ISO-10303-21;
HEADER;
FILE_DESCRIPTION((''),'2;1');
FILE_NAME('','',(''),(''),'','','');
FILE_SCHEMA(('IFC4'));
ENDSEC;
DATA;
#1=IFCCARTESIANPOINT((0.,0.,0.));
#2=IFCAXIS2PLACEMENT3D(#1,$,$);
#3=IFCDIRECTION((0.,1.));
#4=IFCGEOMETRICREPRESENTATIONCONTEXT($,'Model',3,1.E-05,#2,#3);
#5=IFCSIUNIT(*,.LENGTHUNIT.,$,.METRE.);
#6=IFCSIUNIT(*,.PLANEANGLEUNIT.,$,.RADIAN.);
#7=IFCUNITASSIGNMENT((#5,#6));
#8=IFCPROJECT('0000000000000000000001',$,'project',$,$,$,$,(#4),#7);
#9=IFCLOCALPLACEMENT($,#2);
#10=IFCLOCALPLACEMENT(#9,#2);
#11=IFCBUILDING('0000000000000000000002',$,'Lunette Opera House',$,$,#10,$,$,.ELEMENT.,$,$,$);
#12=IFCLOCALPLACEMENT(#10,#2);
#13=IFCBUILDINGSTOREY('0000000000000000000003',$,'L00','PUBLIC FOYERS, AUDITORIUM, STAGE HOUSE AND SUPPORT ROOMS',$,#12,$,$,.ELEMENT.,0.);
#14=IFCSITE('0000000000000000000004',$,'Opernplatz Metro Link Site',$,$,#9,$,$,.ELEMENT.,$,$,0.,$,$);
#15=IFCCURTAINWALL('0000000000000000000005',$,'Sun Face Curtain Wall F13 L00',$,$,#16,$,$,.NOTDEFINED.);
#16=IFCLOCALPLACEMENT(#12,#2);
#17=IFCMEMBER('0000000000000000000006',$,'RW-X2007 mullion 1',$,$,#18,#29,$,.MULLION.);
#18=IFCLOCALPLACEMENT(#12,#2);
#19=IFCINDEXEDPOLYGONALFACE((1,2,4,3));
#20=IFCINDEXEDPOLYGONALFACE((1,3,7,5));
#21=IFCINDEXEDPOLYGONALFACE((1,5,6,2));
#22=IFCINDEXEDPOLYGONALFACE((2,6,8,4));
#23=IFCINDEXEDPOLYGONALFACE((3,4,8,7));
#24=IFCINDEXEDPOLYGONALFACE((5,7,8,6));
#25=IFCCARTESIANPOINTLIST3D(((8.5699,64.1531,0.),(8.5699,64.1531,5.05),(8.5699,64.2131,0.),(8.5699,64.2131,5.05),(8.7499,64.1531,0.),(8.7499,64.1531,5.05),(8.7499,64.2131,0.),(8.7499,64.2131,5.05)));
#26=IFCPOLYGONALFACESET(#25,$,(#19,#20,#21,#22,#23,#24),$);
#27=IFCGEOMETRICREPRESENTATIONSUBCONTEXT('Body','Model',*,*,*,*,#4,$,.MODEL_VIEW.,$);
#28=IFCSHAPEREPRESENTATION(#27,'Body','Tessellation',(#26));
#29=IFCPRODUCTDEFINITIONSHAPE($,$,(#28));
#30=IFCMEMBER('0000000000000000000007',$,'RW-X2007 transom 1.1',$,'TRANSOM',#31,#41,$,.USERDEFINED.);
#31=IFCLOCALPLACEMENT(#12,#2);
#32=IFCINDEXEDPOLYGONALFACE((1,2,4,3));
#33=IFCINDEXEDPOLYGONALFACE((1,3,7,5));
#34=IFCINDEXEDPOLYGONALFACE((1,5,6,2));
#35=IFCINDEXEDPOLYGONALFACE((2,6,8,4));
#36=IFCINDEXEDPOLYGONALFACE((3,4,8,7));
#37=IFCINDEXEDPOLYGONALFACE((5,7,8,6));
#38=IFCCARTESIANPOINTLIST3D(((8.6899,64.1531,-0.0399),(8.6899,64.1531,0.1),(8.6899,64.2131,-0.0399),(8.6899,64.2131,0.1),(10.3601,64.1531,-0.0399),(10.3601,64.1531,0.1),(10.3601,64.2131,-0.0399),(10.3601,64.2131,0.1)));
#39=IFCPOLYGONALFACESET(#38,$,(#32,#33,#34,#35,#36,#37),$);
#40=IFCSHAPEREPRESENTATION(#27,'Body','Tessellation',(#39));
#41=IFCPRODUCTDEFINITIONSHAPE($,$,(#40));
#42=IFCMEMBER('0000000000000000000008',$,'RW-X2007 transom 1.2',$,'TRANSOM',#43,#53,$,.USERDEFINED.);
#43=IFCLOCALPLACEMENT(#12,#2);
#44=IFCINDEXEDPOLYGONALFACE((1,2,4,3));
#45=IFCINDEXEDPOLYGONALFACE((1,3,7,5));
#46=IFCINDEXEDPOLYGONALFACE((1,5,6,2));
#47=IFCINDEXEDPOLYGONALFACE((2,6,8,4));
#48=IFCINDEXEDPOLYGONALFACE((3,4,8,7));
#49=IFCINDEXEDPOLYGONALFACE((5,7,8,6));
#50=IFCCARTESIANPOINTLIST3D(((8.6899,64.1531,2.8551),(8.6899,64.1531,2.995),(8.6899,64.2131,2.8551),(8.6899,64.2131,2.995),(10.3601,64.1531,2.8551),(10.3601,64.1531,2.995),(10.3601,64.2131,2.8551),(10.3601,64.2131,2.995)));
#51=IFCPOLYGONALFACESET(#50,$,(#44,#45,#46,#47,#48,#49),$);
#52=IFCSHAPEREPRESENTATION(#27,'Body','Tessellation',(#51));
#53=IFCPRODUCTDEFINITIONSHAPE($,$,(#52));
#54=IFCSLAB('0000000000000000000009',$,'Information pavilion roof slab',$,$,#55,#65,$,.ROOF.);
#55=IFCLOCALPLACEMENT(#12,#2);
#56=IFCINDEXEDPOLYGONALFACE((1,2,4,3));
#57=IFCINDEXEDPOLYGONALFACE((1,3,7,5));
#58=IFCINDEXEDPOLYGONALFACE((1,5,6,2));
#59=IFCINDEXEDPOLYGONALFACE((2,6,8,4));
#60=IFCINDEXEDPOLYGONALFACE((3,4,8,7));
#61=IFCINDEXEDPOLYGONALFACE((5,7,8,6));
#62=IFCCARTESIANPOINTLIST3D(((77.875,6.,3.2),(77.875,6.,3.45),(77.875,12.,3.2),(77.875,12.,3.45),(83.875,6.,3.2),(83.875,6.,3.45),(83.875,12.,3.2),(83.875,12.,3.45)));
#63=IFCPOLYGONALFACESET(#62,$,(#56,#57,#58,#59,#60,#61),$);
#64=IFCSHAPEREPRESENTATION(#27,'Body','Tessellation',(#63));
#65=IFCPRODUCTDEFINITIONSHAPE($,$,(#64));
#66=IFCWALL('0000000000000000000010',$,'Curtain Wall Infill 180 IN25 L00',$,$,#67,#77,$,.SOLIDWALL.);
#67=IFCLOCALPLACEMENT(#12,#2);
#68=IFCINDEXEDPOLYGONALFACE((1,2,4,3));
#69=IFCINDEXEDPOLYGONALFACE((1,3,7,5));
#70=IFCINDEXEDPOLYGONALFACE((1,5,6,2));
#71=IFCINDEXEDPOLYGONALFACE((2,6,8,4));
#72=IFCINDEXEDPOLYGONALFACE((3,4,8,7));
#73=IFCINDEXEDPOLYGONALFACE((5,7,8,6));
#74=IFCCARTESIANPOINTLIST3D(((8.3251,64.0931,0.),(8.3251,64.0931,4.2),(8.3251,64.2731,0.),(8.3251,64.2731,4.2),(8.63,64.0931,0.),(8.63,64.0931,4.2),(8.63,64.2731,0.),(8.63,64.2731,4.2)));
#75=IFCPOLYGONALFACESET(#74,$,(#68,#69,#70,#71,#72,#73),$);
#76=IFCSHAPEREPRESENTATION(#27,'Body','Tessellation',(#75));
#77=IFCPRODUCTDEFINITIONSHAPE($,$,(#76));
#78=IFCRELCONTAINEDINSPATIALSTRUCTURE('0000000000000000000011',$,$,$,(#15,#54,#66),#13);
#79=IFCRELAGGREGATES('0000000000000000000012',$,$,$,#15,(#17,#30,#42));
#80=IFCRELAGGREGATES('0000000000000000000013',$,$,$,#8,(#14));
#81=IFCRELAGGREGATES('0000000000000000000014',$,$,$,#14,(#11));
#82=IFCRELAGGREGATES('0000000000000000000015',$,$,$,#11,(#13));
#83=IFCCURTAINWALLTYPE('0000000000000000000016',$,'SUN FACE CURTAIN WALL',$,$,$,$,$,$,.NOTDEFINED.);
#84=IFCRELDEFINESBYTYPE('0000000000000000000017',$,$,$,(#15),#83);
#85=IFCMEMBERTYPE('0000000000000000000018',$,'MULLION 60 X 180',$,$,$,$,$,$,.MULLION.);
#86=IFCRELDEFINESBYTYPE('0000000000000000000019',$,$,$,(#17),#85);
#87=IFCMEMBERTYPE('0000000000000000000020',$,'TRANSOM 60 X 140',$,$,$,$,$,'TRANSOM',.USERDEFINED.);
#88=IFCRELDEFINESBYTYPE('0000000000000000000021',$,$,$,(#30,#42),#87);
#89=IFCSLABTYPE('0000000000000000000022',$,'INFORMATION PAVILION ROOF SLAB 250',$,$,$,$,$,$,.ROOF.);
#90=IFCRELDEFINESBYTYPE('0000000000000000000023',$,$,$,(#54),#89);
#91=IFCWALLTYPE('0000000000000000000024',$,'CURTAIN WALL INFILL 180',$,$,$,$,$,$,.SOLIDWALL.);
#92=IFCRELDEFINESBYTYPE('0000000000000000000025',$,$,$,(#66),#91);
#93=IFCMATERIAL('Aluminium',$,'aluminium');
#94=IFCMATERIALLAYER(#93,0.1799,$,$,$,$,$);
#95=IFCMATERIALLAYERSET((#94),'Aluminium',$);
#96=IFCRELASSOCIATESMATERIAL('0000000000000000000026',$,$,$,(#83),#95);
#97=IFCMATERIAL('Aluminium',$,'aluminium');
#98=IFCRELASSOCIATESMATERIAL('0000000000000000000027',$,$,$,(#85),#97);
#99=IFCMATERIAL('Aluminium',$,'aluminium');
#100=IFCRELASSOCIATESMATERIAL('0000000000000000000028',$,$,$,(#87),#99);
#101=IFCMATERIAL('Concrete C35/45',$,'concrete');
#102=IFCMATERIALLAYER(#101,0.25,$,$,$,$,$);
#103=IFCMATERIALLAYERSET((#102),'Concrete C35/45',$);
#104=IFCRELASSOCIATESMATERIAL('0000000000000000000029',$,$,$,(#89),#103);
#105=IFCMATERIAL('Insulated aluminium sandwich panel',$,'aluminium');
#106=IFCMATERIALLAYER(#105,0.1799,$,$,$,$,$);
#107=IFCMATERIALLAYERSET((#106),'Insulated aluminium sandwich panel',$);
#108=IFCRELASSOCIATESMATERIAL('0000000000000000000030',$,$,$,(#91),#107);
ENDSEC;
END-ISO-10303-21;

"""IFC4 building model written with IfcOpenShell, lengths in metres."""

from ifc_helpers import new_model, si_unit, direction, frame, frame_2d, origin, origin_2d, place, context, subcontext, project, spatial, polyline, rectangle, outline, extrude, material, layer, layer_set, material_profile, profile_set, type_object, element, aggregate, save


model = new_model("IFC4")

# Units and contexts
model_context = context("Model", 3, precision=1e-05, world=origin(), true_north=direction((0.0, 1.0)))
body_context = subcontext(model_context, "Body", "Model", "MODEL_VIEW")
ifc_project = project(units=[si_unit("LENGTHUNIT", "METRE"), si_unit("PLANEANGLEUNIT", "RADIAN")], contexts=[model_context])

# Site, building, storey
site_placement = place(None, origin())
site = spatial("IfcSite", under=ifc_project, at=site_placement, Name="Opernplatz Metro Link Site", CompositionType="ELEMENT", RefElevation=0.0)
building_placement = place(site_placement, origin())
building = spatial("IfcBuilding", under=site, at=building_placement, Name="Lunette Opera House", CompositionType="ELEMENT")
storey_placement = place(building_placement, origin())
storey = spatial("IfcBuildingStorey", under=building, at=storey_placement, Name="L00", Description="PUBLIC FOYERS, AUDITORIUM, STAGE HOUSE AND SUPPORT ROOMS", CompositionType="ELEMENT", Elevation=0.0)

# Curtain wall, members
ifc_material_1 = material(Name="Aluminium", Category="aluminium")
ifc_layer_1 = layer(ifc_material_1, 0.1799)
ifc_layer_set_1 = layer_set([ifc_layer_1], Name="Aluminium")
curtain_wall_type = type_object("IfcCurtainWallType", Name="SUN FACE CURTAIN WALL", PredefinedType="NOTDEFINED", material=ifc_layer_set_1)
curtain_wall_placement = place(storey_placement, origin())
curtain_wall = element("IfcCurtainWall", 1, at=curtain_wall_placement, inside=storey, type_object=curtain_wall_type, Name="Sun Face Curtain Wall F13 L00", PredefinedType="NOTDEFINED")
ifc_material_2 = material(Name="Aluminium", Category="aluminium")
ifc_material_profile_1 = material_profile(ifc_material_2, rectangle(XDim=0.0601, YDim=0.1799, at=origin_2d()), Name="MULLION 60 X 180")
ifc_profile_set_1 = profile_set([ifc_material_profile_1], Name="Aluminium")
member_type_1 = type_object("IfcMemberType", Name="MULLION 60 X 180", PredefinedType="MULLION", material=ifc_profile_set_1)
member_1_placement = place(storey_placement, frame((8.6599, 64.1831, 0.0), z_axis=(0.0, 0.0, 1.0), x_axis=(0.0, 1.0, 0.0)))
member_1 = element("IfcMember", 2, at=member_1_placement, type_object=member_type_1, Name="RW-X2007 mullion 1", PredefinedType="MULLION", context=body_context, shape_type="SweptSolid", body=[
    extrude(rectangle(XDim=0.0601, YDim=0.1799, at=origin_2d()), origin(), (0.0, 0.0, 1.0), 5.05),
])
ifc_material_3 = material(Name="Aluminium", Category="aluminium")
ifc_material_profile_2 = material_profile(ifc_material_3, rectangle(XDim=0.0601, YDim=0.1399, at=origin_2d()), Name="TRANSOM 60 X 140")
ifc_profile_set_2 = profile_set([ifc_material_profile_2], Name="Aluminium")
member_type_2 = type_object("IfcMemberType", Name="TRANSOM 60 X 140", ElementType="TRANSOM", PredefinedType="USERDEFINED", material=ifc_profile_set_2)
member_2_placement = place(storey_placement, frame((8.6899, 64.1831, 0.03), z_axis=(1.0, 0.0, 0.0), x_axis=(0.0, 1.0, 0.0)))
member_2 = element("IfcMember", 3, at=member_2_placement, type_object=member_type_2, Name="RW-X2007 transom 1.1", ObjectType="TRANSOM", PredefinedType="USERDEFINED", context=body_context, shape_type="SweptSolid", body=[
    extrude(rectangle(XDim=0.0601, YDim=0.1399, at=origin_2d()), origin(), (0.0, 0.0, 1.0), 1.6702),
])
member_3_placement = place(storey_placement, frame((8.6899, 64.1831, 2.925), z_axis=(1.0, 0.0, 0.0), x_axis=(0.0, 1.0, 0.0)))
member_3 = element("IfcMember", 4, at=member_3_placement, type_object=member_type_2, Name="RW-X2007 transom 1.2", ObjectType="TRANSOM", PredefinedType="USERDEFINED", context=body_context, shape_type="SweptSolid", body=[
    extrude(rectangle(XDim=0.0601, YDim=0.1399, at=origin_2d()), origin(), (0.0, 0.0, 1.0), 1.6702),
])
aggregate(curtain_wall, [member_1, member_2, member_3])

# Slab
ifc_material_4 = material(Name="Concrete C35/45", Category="concrete")
ifc_layer_2 = layer(ifc_material_4, 0.25)
ifc_layer_set_2 = layer_set([ifc_layer_2], Name="Concrete C35/45")
slab_type = type_object("IfcSlabType", Name="INFORMATION PAVILION ROOF SLAB 250", PredefinedType="ROOF", material=ifc_layer_set_2)
slab_placement = place(storey_placement, frame((0.0, 0.0, 3.2)))
element("IfcSlab", 5, at=slab_placement, inside=storey, type_object=slab_type, Name="Information pavilion roof slab", PredefinedType="ROOF", context=body_context, shape_type="SweptSolid", body=[
    extrude(outline(polyline([(77.875, 6.0), (83.875, 6.0), (83.875, 12.0), (77.875, 12.0), (77.875, 6.0)])), origin(), (0.0, 0.0, 1.0), 0.25),
])

# Wall
ifc_material_5 = material(Name="Insulated aluminium sandwich panel", Category="aluminium")
ifc_layer_3 = layer(ifc_material_5, 0.1799)
ifc_layer_set_3 = layer_set([ifc_layer_3], Name="Insulated aluminium sandwich panel")
wall_type = type_object("IfcWallType", Name="CURTAIN WALL INFILL 180", PredefinedType="SOLIDWALL", material=ifc_layer_set_3)
wall_placement = place(storey_placement, frame((8.6299, 64.1831, 0.0), z_axis=(0.0, 0.0, 1.0), x_axis=(-1.0, 0.0, 0.0)))
element("IfcWall", 6, at=wall_placement, inside=storey, type_object=wall_type, Name="Curtain Wall Infill 180 IN25 L00", PredefinedType="SOLIDWALL", context=body_context, shape_type="SweptSolid", body=[
    extrude(rectangle(XDim=0.3049, YDim=0.1799, at=frame_2d((0.1523, 0.0))), origin(), (0.0, 0.0, 1.0), 4.2),
])

save(model, "model.ifc")
